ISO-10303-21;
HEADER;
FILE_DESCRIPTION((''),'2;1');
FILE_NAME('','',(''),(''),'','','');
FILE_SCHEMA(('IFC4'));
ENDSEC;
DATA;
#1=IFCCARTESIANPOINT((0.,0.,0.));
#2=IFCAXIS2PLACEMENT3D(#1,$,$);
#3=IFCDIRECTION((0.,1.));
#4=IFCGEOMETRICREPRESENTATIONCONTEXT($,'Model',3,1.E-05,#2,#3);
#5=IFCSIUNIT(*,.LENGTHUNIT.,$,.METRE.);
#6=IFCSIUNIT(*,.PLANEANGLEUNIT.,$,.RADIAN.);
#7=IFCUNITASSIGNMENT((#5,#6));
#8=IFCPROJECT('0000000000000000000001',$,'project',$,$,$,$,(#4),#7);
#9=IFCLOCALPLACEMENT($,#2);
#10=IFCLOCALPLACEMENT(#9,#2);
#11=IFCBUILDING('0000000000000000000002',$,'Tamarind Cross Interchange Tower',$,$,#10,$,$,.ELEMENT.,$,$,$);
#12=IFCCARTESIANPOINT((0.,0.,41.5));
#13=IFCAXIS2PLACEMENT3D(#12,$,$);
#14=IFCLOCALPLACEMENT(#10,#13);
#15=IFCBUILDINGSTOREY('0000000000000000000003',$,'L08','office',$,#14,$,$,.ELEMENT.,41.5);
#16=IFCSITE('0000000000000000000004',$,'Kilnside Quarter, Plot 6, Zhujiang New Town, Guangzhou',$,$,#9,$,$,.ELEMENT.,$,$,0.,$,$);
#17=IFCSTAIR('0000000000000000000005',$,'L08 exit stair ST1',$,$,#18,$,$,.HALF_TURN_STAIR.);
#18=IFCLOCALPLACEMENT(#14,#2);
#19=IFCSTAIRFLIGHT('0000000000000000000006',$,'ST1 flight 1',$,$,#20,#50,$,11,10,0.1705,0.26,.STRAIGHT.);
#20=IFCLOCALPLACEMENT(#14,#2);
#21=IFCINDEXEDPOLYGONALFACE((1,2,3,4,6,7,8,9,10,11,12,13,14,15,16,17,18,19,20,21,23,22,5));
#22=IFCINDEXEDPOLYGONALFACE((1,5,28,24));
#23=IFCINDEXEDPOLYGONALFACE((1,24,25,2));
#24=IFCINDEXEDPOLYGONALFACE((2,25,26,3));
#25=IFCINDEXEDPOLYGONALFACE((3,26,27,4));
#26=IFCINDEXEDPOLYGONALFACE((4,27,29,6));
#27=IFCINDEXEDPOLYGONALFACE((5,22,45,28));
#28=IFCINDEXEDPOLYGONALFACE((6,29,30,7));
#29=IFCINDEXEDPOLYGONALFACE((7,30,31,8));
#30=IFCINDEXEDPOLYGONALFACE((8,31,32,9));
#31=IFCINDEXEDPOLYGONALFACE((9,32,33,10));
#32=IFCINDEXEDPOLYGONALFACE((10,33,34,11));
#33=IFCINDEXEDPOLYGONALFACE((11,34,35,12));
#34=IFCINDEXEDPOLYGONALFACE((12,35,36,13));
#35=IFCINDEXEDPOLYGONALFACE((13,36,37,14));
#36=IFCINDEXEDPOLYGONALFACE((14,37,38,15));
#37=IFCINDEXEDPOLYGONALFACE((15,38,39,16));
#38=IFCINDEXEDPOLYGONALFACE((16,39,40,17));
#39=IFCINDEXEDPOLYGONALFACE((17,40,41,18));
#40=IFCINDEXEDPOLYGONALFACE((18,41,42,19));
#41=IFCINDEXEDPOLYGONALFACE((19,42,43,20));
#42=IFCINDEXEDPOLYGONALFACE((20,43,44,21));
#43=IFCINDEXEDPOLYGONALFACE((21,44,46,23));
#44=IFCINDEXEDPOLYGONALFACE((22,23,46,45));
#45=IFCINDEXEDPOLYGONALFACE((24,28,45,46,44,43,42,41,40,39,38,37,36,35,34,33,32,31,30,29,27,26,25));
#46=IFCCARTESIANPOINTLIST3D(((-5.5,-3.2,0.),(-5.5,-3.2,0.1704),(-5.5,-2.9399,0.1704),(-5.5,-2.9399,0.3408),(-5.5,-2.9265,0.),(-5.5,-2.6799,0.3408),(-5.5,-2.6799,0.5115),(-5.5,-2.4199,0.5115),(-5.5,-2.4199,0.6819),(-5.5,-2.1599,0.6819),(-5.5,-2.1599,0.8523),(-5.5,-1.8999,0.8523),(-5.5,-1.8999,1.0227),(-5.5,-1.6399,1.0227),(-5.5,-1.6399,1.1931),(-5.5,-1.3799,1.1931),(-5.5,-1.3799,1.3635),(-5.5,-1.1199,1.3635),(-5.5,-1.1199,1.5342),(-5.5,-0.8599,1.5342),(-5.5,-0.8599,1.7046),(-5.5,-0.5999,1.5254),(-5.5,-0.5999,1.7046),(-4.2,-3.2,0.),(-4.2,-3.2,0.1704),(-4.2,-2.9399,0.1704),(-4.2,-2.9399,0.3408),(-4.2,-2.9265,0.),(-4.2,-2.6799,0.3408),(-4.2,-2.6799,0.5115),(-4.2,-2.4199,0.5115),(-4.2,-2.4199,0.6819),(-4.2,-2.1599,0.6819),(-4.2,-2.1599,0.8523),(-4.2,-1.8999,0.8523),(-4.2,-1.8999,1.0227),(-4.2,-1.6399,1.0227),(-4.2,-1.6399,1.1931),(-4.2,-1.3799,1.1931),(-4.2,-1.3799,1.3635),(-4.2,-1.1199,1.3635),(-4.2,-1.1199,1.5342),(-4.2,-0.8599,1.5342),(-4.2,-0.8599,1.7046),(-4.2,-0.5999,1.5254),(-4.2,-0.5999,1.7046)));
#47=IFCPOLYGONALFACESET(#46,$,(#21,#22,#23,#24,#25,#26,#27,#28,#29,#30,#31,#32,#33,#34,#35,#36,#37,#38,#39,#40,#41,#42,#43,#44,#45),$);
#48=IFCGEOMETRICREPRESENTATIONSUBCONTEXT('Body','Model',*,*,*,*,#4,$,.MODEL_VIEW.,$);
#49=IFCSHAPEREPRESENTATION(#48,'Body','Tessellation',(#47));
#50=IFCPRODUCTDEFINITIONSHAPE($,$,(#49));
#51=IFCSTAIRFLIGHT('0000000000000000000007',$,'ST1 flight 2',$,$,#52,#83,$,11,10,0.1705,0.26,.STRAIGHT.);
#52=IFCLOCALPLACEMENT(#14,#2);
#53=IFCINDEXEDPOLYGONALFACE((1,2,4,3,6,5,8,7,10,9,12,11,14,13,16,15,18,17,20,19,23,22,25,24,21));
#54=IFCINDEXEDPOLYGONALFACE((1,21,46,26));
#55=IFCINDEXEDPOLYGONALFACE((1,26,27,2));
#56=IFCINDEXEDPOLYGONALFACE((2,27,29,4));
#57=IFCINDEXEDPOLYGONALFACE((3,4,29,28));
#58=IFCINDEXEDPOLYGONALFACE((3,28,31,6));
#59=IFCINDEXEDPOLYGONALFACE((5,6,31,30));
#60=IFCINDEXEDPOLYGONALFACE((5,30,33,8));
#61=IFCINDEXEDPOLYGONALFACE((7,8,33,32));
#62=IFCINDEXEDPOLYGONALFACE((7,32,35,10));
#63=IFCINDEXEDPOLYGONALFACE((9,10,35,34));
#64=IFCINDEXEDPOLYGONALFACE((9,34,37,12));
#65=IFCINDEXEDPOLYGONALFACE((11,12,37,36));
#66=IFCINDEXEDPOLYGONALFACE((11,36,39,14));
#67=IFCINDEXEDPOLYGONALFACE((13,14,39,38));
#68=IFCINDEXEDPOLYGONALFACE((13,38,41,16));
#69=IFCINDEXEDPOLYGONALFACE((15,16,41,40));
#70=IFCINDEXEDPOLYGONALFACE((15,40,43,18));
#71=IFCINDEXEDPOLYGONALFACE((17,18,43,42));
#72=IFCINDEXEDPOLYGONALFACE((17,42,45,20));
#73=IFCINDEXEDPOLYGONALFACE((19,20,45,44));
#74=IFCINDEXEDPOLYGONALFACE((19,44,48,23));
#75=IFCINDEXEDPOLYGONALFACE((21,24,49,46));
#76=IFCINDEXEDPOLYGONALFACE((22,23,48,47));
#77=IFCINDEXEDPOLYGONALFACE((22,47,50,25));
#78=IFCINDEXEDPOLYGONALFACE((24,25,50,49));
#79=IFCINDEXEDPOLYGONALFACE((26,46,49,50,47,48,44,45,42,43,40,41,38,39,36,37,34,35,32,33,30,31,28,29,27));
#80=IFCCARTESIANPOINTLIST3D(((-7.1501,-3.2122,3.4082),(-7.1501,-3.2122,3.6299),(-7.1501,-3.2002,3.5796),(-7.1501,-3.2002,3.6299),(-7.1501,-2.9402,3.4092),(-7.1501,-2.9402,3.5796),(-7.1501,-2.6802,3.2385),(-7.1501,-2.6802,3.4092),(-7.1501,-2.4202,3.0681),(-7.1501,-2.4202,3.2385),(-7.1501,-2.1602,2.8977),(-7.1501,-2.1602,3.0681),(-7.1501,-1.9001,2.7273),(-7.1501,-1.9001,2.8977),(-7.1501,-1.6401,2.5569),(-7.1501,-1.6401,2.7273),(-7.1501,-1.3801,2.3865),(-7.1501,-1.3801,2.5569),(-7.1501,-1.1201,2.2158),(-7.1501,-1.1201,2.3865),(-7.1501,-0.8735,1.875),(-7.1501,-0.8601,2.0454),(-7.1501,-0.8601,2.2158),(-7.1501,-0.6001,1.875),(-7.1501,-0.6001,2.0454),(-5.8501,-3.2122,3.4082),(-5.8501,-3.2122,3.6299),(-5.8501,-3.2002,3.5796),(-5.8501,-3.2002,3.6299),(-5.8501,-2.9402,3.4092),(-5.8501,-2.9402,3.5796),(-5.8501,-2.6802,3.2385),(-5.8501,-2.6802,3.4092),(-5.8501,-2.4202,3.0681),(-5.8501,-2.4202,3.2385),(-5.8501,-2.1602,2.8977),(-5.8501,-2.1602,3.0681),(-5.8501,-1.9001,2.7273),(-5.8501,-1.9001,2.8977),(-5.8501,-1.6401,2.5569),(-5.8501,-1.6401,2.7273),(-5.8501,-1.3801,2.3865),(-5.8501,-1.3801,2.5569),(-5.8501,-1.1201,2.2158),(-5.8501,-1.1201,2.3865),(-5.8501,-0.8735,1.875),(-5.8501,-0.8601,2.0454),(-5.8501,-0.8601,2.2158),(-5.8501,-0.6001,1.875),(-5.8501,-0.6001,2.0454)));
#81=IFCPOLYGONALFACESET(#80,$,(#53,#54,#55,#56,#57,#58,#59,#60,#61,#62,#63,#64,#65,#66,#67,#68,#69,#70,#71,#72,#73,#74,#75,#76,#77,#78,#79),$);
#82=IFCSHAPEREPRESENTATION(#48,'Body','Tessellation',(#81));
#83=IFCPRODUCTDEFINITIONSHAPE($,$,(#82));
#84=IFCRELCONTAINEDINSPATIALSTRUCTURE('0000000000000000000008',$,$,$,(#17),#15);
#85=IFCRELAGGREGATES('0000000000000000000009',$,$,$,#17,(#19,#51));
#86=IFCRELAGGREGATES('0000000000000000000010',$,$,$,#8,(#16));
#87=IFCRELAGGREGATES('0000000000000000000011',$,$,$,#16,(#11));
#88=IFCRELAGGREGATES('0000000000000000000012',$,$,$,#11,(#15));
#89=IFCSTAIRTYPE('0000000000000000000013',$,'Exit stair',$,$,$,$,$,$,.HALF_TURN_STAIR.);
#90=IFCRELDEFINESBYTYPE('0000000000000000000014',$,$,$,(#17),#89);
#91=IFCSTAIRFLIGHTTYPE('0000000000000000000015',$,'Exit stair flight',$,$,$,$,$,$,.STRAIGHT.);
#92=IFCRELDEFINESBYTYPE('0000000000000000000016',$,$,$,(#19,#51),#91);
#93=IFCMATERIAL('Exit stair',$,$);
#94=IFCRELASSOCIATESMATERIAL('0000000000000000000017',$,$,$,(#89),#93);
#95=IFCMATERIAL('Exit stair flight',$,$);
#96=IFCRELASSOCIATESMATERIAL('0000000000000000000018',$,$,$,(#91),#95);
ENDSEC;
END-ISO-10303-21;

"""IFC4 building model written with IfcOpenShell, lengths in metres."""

from ifc_helpers import new_model, si_unit, direction, frame, origin, place, context, subcontext, project, spatial, polyline, outline, extrude, material, type_object, element, aggregate, save


model = new_model("IFC4")

# Units and contexts
model_context = context("Model", 3, precision=1e-05, world=origin(), true_north=direction((0.0, 1.0)))
body_context = subcontext(model_context, "Body", "Model", "MODEL_VIEW")
ifc_project = project(units=[si_unit("LENGTHUNIT", "METRE"), si_unit("PLANEANGLEUNIT", "RADIAN")], contexts=[model_context])

# Site, building, storey
site_placement = place(None, origin())
site = spatial("IfcSite", under=ifc_project, at=site_placement, Name="Kilnside Quarter, Plot 6, Zhujiang New Town, Guangzhou", CompositionType="ELEMENT", RefElevation=0.0)
building_placement = place(site_placement, origin())
building = spatial("IfcBuilding", under=site, at=building_placement, Name="Tamarind Cross Interchange Tower", CompositionType="ELEMENT")
storey_placement = place(building_placement, frame((0.0, 0.0, 41.5)))
storey = spatial("IfcBuildingStorey", under=building, at=storey_placement, Name="L08", Description="office", CompositionType="ELEMENT", Elevation=41.5)

# Stair, stair flights
ifc_material_1 = material(Name="Exit stair")
stair_type = type_object("IfcStairType", Name="Exit stair", PredefinedType="HALF_TURN_STAIR", material=ifc_material_1)
stair_placement = place(storey_placement, origin())
stair = element("IfcStair", 1, at=stair_placement, inside=storey, type_object=stair_type, Name="L08 exit stair ST1", PredefinedType="HALF_TURN_STAIR")
ifc_material_2 = material(Name="Exit stair flight")
stair_flight_type = type_object("IfcStairFlightType", Name="Exit stair flight", PredefinedType="STRAIGHT", material=ifc_material_2)
stair_flight_1_placement = place(storey_placement, frame((-4.8501, -3.2, 0.0), z_axis=(0.0, 0.0, 1.0), x_axis=(0.0, 1.0, 0.0)))
stair_flight_1 = element("IfcStairFlight", 2, at=stair_flight_1_placement, type_object=stair_flight_type, Name="ST1 flight 1", NumberOfRisers=11, NumberOfTreads=10, PredefinedType="STRAIGHT", RiserHeight=0.1705, TreadLength=0.26, context=body_context, shape_type="SweptSolid", body=[
    extrude(outline(polyline([(0.0, 0.0), (0.0, 0.1704), (0.26, 0.1704), (0.26, 0.3408), (0.52, 0.3408), (0.52, 0.5115), (0.78, 0.5115), (0.78, 0.6819), (1.04, 0.6819), (1.04, 0.8523), (1.3, 0.8523), (1.3, 1.0227), (1.5601, 1.0227), (1.5601, 1.1931), (1.8201, 1.1931), (1.8201, 1.3635), (2.0801, 1.3635), (2.0801, 1.5342), (2.3401, 1.5342), (2.3401, 1.7046), (2.6001, 1.7046), (2.6001, 1.875), (2.6001, 1.5254), (0.2734, 0.0), (0.0, 0.0)])), frame((0.0, 0.6499, 0.0), z_axis=(0.0, -1.0, 0.0), x_axis=(1.0, 0.0, 0.0)), (0.0, 0.0, 1.0), 1.3),
])
stair_flight_2_placement = place(storey_placement, frame((-6.5, -0.6001, 1.875), z_axis=(0.0, 0.0, 1.0), x_axis=(0.0, -1.0, 0.0)))
stair_flight_2 = element("IfcStairFlight", 3, at=stair_flight_2_placement, type_object=stair_flight_type, Name="ST1 flight 2", NumberOfRisers=11, NumberOfTreads=10, PredefinedType="STRAIGHT", RiserHeight=0.1705, TreadLength=0.26, context=body_context, shape_type="SweptSolid", body=[
    extrude(outline(polyline([(0.0, 0.0), (0.0, 0.1704), (0.26, 0.1704), (0.26, 0.3408), (0.52, 0.3408), (0.52, 0.5115), (0.78, 0.5115), (0.78, 0.6819), (1.04, 0.6819), (1.04, 0.8523), (1.3, 0.8523), (1.3, 1.0227), (1.5601, 1.0227), (1.5601, 1.1931), (1.8201, 1.1931), (1.8201, 1.3635), (2.0801, 1.3635), (2.0801, 1.5342), (2.3401, 1.5342), (2.3401, 1.7046), (2.6001, 1.7046), (2.6001, 1.7549), (2.6121, 1.7549), (2.6121, 1.5332), (0.2734, 0.0), (0.0, 0.0)])), frame((0.0, 0.6499, 0.0), z_axis=(0.0, -1.0, 0.0), x_axis=(1.0, 0.0, 0.0)), (0.0, 0.0, 1.0), 1.3),
])
aggregate(stair, [stair_flight_1, stair_flight_2])

save(model, "model.ifc")
